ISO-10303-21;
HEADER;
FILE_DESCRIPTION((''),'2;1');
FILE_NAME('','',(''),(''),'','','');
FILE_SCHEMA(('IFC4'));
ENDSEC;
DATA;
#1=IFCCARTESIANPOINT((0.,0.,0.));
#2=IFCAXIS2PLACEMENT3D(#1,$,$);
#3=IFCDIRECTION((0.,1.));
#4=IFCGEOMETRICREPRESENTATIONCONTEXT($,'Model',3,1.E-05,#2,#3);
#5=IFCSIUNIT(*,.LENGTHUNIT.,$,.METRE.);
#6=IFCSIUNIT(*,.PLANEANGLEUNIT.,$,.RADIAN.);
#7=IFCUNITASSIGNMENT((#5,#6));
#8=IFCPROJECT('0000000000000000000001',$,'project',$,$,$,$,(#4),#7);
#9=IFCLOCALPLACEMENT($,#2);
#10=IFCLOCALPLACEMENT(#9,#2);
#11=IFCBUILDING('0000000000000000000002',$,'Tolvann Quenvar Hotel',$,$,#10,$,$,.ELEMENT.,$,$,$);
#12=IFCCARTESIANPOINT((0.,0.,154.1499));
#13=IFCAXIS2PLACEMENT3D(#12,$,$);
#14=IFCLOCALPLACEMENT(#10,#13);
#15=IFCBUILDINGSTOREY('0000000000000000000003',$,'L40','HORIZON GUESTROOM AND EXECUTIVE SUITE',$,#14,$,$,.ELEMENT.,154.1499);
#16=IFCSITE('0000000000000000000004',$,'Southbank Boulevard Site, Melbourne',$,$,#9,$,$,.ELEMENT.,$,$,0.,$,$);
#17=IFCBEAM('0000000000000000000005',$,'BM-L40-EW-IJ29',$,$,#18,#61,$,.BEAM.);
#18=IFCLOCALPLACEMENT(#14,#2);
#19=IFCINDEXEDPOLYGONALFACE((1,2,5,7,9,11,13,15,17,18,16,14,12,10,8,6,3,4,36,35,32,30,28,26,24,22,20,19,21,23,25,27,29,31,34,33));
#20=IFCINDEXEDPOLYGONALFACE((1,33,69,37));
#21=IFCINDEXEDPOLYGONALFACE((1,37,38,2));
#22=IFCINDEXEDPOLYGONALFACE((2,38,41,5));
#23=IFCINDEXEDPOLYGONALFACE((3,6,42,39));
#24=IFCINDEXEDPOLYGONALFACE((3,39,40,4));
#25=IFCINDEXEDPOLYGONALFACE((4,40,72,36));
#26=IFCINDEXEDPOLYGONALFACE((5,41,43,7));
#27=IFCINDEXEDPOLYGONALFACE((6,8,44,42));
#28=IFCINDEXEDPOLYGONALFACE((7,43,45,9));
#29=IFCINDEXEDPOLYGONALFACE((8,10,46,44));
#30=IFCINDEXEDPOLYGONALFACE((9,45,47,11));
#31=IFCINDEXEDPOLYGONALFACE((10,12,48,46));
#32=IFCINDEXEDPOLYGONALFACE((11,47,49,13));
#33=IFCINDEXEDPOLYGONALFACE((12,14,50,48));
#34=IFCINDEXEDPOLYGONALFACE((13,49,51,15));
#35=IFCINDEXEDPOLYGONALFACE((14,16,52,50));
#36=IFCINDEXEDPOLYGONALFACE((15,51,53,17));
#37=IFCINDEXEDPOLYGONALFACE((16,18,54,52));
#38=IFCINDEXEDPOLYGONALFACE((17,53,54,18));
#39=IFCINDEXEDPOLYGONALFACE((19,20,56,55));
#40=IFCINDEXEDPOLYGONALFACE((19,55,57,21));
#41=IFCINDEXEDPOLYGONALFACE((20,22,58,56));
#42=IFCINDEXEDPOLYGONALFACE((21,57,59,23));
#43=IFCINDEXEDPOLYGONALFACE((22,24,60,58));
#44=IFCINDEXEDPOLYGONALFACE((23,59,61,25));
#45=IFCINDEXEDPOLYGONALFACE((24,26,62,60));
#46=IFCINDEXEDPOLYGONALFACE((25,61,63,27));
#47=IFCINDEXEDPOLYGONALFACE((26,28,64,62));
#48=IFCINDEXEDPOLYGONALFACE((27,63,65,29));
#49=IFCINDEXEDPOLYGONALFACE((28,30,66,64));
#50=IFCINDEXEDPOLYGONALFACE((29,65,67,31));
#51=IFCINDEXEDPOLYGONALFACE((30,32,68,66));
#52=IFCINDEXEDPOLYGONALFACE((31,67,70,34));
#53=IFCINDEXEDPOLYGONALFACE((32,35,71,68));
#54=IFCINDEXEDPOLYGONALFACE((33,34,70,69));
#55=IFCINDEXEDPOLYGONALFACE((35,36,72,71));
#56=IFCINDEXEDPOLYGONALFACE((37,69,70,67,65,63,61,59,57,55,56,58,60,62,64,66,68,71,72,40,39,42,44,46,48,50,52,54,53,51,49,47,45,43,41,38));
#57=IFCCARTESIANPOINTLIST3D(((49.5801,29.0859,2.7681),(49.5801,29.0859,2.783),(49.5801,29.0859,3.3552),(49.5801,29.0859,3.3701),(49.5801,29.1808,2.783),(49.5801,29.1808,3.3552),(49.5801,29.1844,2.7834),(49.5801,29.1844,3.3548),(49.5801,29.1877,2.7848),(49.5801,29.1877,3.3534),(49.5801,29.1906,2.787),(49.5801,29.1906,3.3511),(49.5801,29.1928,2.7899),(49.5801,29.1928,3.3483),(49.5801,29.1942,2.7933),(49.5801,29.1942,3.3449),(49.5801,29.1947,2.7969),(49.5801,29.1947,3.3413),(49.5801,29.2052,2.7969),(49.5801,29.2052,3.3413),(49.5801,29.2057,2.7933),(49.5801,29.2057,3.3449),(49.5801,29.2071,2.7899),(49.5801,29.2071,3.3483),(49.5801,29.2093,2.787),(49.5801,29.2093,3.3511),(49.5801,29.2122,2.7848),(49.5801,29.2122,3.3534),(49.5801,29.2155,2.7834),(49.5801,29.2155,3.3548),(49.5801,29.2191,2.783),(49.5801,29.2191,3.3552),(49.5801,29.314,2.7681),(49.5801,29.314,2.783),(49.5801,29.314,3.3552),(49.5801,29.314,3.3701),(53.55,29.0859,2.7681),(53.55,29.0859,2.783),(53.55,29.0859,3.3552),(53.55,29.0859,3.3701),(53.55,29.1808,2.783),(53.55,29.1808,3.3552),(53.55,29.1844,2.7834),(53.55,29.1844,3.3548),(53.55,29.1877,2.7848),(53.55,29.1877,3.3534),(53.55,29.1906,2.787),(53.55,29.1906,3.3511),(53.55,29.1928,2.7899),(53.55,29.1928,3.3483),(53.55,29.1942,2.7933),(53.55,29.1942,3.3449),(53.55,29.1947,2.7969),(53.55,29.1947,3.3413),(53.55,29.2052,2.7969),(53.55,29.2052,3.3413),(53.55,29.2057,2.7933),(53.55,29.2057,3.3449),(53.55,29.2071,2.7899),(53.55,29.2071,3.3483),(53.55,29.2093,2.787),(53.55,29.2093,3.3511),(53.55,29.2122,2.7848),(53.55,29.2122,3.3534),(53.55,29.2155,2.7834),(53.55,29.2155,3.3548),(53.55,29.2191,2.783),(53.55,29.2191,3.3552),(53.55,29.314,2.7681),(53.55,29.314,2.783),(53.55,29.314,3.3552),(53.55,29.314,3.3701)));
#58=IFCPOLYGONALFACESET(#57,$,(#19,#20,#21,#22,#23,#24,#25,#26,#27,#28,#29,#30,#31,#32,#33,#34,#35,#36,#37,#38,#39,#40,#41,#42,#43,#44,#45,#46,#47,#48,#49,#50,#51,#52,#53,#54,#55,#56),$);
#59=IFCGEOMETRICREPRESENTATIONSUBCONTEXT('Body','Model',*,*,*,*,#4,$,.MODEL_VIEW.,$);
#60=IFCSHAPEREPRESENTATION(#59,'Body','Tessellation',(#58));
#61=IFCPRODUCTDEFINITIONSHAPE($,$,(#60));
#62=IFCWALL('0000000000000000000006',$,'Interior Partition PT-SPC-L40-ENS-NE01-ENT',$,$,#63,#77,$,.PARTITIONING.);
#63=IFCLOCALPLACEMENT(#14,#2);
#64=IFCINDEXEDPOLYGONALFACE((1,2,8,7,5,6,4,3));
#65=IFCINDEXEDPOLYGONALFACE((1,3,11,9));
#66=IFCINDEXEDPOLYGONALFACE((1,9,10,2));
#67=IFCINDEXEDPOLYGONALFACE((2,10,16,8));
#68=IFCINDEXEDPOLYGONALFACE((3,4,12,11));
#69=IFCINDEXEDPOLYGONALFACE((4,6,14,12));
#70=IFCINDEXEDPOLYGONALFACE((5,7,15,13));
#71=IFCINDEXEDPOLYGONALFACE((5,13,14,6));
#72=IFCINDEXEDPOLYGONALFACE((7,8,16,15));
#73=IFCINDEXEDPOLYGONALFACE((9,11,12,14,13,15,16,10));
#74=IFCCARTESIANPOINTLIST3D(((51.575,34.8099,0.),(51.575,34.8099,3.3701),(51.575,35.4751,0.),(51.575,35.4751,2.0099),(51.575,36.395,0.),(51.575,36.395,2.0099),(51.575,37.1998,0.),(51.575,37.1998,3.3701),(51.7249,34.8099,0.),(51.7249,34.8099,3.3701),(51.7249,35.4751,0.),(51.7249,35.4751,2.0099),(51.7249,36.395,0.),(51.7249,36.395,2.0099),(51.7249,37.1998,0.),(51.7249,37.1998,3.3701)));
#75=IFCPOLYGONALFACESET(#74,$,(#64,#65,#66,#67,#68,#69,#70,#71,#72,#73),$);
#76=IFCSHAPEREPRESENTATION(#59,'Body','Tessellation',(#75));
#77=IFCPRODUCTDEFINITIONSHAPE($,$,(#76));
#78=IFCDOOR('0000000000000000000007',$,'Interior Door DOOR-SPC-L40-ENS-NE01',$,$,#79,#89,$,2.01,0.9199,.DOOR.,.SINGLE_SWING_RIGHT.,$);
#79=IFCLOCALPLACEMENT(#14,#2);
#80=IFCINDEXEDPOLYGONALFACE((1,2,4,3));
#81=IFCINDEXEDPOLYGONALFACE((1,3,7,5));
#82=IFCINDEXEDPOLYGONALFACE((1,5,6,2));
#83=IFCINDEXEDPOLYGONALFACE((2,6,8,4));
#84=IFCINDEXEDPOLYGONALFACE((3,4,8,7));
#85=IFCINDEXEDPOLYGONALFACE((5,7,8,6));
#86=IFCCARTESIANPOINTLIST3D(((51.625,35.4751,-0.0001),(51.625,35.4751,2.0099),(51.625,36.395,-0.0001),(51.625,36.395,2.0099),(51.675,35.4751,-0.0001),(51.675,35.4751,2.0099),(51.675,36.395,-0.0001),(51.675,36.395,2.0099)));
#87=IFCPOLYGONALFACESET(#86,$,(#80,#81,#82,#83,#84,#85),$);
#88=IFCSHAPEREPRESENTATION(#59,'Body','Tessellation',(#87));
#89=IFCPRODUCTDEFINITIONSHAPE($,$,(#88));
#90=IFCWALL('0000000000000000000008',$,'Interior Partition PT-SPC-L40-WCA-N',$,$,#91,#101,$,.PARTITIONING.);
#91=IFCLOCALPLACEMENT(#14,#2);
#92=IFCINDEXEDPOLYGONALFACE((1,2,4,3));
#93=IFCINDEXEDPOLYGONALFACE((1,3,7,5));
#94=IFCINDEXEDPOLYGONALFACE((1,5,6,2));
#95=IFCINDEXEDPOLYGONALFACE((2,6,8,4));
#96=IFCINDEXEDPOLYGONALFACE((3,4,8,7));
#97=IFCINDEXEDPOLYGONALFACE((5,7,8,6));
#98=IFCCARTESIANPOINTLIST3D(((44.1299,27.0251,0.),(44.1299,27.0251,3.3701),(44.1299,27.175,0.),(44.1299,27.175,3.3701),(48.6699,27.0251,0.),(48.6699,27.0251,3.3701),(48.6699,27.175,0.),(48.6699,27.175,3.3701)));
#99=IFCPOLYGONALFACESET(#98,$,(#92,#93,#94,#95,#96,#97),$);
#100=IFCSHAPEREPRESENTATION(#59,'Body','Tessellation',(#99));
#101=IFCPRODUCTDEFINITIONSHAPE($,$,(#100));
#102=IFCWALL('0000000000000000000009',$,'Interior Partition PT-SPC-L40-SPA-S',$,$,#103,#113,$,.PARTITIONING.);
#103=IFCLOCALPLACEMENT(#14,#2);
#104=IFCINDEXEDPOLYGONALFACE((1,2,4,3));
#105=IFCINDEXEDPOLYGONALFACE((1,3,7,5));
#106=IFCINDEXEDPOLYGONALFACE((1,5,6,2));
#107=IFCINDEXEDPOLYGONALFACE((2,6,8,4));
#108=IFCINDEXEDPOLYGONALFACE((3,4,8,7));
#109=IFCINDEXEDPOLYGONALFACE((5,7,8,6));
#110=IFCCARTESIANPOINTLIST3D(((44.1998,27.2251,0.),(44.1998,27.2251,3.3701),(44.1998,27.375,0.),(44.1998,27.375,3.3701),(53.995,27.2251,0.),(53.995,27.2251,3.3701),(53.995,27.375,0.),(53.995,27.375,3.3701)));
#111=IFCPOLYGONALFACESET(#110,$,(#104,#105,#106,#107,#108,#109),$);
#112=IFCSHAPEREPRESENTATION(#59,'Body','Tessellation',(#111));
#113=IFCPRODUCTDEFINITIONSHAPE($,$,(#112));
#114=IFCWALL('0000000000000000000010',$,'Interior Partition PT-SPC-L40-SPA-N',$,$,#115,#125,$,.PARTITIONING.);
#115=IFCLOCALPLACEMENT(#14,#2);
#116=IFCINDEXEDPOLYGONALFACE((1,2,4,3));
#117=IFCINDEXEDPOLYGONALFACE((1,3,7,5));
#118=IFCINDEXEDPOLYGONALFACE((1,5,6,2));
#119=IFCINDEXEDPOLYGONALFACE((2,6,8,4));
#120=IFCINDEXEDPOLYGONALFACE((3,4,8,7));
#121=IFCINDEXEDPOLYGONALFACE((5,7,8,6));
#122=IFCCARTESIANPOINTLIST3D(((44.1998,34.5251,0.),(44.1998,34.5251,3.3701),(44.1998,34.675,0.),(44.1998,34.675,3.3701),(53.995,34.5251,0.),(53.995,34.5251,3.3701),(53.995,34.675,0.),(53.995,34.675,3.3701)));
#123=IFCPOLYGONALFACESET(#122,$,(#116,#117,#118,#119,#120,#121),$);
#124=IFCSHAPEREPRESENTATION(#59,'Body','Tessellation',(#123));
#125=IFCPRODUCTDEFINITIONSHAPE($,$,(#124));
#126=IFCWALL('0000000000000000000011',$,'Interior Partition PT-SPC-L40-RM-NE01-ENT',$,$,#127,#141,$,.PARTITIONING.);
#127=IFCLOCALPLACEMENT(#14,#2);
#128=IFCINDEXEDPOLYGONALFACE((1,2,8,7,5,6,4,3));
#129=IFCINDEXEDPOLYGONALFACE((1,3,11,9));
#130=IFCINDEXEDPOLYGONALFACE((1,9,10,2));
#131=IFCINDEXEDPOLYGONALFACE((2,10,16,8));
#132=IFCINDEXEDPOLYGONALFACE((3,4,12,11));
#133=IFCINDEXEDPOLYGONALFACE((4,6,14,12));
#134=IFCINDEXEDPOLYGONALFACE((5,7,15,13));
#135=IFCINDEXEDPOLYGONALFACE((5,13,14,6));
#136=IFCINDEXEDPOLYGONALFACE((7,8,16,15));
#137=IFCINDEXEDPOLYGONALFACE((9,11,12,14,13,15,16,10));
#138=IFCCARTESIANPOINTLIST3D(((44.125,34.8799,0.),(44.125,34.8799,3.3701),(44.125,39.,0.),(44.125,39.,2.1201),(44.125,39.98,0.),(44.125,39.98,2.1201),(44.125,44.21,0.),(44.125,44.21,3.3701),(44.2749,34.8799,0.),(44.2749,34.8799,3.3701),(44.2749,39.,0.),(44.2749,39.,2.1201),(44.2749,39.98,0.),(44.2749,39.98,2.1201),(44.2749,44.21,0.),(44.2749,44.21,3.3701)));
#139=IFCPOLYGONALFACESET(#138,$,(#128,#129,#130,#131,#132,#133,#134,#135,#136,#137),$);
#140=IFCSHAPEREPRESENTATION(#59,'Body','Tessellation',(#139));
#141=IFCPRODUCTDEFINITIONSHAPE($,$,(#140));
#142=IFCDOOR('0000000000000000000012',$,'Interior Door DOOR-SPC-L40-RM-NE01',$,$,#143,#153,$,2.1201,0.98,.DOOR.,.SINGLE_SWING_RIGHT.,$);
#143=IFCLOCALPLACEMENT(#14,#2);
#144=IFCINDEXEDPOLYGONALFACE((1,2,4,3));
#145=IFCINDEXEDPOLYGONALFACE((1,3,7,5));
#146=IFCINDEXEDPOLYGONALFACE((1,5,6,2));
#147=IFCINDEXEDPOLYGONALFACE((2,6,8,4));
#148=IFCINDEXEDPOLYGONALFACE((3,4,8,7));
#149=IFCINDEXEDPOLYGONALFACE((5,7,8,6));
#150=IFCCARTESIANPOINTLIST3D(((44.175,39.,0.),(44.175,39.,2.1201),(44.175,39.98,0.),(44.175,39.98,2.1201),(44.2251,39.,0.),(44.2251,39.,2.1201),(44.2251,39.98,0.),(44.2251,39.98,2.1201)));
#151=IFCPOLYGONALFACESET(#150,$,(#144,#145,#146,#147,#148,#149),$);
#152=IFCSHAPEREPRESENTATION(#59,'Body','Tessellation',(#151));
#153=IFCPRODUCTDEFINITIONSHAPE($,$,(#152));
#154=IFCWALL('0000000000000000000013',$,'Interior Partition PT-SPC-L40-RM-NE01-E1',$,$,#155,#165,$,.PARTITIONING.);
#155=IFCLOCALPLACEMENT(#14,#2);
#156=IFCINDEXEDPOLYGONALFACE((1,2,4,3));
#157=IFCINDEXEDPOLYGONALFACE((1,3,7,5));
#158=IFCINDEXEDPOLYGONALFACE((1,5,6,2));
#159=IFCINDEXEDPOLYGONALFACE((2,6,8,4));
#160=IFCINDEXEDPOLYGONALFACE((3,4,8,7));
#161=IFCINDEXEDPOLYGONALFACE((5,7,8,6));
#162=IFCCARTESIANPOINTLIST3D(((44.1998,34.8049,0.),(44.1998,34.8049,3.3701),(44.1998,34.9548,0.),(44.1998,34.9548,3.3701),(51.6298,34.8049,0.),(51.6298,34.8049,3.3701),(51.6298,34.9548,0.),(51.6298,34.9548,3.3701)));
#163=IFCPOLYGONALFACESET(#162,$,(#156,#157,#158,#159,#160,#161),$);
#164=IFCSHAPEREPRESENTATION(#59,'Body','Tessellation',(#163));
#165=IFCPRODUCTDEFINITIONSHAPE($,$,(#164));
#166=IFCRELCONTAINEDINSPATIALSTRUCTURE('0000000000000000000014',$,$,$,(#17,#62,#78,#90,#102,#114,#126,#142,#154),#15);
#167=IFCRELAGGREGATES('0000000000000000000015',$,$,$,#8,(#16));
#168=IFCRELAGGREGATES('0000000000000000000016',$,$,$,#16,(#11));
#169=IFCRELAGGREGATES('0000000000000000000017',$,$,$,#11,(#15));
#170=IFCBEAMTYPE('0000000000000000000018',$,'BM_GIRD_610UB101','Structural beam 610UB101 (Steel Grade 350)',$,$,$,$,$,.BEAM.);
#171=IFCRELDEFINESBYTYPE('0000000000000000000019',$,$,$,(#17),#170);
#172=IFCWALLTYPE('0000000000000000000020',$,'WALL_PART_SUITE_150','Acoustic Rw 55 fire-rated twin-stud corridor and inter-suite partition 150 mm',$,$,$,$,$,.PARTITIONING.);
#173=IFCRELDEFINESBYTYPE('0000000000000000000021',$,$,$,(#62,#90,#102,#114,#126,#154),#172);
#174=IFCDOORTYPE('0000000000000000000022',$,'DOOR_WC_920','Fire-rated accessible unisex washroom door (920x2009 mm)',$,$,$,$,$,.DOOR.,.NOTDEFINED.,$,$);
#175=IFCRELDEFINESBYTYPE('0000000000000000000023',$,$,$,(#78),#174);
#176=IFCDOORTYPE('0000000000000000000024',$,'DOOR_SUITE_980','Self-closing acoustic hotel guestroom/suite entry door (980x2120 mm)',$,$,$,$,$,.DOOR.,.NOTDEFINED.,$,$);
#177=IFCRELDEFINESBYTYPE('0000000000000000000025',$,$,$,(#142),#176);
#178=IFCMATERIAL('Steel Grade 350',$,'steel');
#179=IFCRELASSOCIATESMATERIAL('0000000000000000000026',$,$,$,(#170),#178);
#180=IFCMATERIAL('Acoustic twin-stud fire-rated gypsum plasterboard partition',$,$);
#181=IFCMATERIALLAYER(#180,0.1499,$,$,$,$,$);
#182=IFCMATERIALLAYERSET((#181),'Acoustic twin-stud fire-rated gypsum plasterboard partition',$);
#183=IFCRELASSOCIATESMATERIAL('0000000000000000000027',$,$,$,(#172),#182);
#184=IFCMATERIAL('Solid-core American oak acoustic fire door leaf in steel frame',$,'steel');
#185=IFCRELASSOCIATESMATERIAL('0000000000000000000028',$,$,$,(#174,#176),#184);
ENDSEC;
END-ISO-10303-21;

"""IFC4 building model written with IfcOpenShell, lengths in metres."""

from ifc_helpers import new_model, si_unit, direction, frame, frame_2d, origin, origin_2d, place, context, subcontext, project, spatial, rectangle, i_section, extrude, source, transform, mapped, material, layer, layer_set, material_profile, profile_set, type_object, type_shapes, element, fill, save


model = new_model("IFC4")

# Units and contexts
model_context = context("Model", 3, precision=1e-05, world=origin(), true_north=direction((0.0, 1.0)))
body_context = subcontext(model_context, "Body", "Model", "MODEL_VIEW")
ifc_project = project(units=[si_unit("LENGTHUNIT", "METRE"), si_unit("PLANEANGLEUNIT", "RADIAN")], contexts=[model_context])

# Site, building, storey
site_placement = place(None, origin())
site = spatial("IfcSite", under=ifc_project, at=site_placement, Name="Southbank Boulevard Site, Melbourne", CompositionType="ELEMENT", RefElevation=0.0)
building_placement = place(site_placement, origin())
building = spatial("IfcBuilding", under=site, at=building_placement, Name="Tolvann Quenvar Hotel", CompositionType="ELEMENT")
storey_placement = place(building_placement, frame((0.0, 0.0, 154.1499)))
storey = spatial("IfcBuildingStorey", under=building, at=storey_placement, Name="L40", Description="HORIZON GUESTROOM AND EXECUTIVE SUITE", CompositionType="ELEMENT", Elevation=154.1499)

# Beam
ifc_material_1 = material(Name="Steel Grade 350", Category="steel")
ifc_material_profile_1 = material_profile(ifc_material_1, i_section(OverallWidth=0.228, OverallDepth=0.6021, WebThickness=0.0105, FlangeThickness=0.0149, FilletRadius=0.0139, at=origin_2d()), Name="610UB101")
ifc_profile_set_1 = profile_set([ifc_material_profile_1], Name="Steel Grade 350")
beam_type_1 = type_object("IfcBeamType", Name="BM_GIRD_610UB101", Description="Structural beam 610UB101 (Steel Grade 350)", PredefinedType="BEAM", material=ifc_profile_set_1)
shared_shape_1 = source(origin(), body_context, "Body", "SweptSolid", [
    extrude(i_section(OverallWidth=0.228, OverallDepth=0.6021, WebThickness=0.0105, FlangeThickness=0.0149, FilletRadius=0.0139, at=origin_2d()), origin(), (0.0, 0.0, 1.0), 3.97),
])
beam_1_placement = place(storey_placement, frame((49.5801, 29.2, 3.0691), z_axis=(1.0, 0.0, 0.0), x_axis=(0.0, 1.0, 0.0)))
element("IfcBeam", 1, at=beam_1_placement, inside=storey, type_object=beam_type_1, Name="BM-L40-EW-IJ29", PredefinedType="BEAM", context=body_context, shape_type="MappedRepresentation", body=[
    mapped(shared_shape_1, transform((0.0, 0.0, 0.0), x_axis=(1.0, 0.0, 0.0), y_axis=(0.0, 1.0, 0.0), z_axis=(0.0, 0.0, 1.0), scale=1.0)),
])

# Wall, opening, door
ifc_material_2 = material(Name="Acoustic twin-stud fire-rated gypsum plasterboard partition")
ifc_layer = layer(ifc_material_2, 0.1499)
ifc_layer_set = layer_set([ifc_layer], Name="Acoustic twin-stud fire-rated gypsum plasterboard partition")
wall_type = type_object("IfcWallType", Name="WALL_PART_SUITE_150", Description="Acoustic Rw 55 fire-rated twin-stud corridor and inter-suite partition 150 mm", PredefinedType="PARTITIONING", material=ifc_layer_set)
wall_1_placement = place(storey_placement, frame((51.6499, 34.8101, 0.0), z_axis=(0.0, 0.0, 1.0), x_axis=(0.0, 1.0, 0.0)))
wall_1 = element("IfcWall", 2, at=wall_1_placement, inside=storey, type_object=wall_type, Name="Interior Partition PT-SPC-L40-ENS-NE01-ENT", PredefinedType="PARTITIONING", context=body_context, shape_type="SweptSolid", body=[
    extrude(rectangle(XDim=2.3899, YDim=0.1499, at=frame_2d((1.1948, 0.0))), origin(), (0.0, 0.0, 1.0), 3.3701),
])
opening_1_placement = place(wall_1_placement, frame((0.665, 0.0, 0.0)))
opening_1 = element("IfcOpeningElement", 3, at=opening_1_placement, cuts=wall_1, PredefinedType="OPENING", context=body_context, shape_type="SweptSolid", body=[
    extrude(rectangle(XDim=0.9199, YDim=2.01, at=frame_2d((0.46, 1.0049))), frame((0.0, 0.085, 0.0), z_axis=(0.0, -1.0, 0.0), x_axis=(1.0, 0.0, 0.0)), (0.0, 0.0, 1.0), 0.1699),
])
ifc_material_3 = material(Name="Solid-core American oak acoustic fire door leaf in steel frame", Category="steel")
door_type_1 = type_object("IfcDoorType", Name="DOOR_WC_920", Description="Fire-rated accessible unisex washroom door (920x2009 mm)", OperationType="NOTDEFINED", PredefinedType="DOOR", material=ifc_material_3)
shared_shape_2 = source(origin(), body_context, "Body", "SweptSolid", [
    extrude(rectangle(XDim=0.9199, YDim=2.01, at=frame_2d((0.46, 1.0049))), frame((0.0, 0.0249, 0.0), z_axis=(0.0, -1.0, 0.0), x_axis=(1.0, 0.0, 0.0)), (0.0, 0.0, 1.0), 0.05),
])
type_shapes(door_type_1, [shared_shape_2])
door_1_placement = place(opening_1_placement, origin())
door_1 = element("IfcDoor", 4, at=door_1_placement, inside=storey, type_object=door_type_1, Name="Interior Door DOOR-SPC-L40-ENS-NE01", OperationType="SINGLE_SWING_RIGHT", OverallHeight=2.01, OverallWidth=0.9199, PredefinedType="DOOR", context=body_context, shape_type="MappedRepresentation", body=[
    mapped(shared_shape_2, transform((0.0, 0.0, 0.0), x_axis=(1.0, 0.0, 0.0), y_axis=(0.0, 1.0, 0.0), z_axis=(0.0, 0.0, 1.0), scale=1.0)),
])
fill(opening_1, door_1)

# Walls
wall_2_placement = place(storey_placement, frame((44.1299, 27.1001, 0.0), z_axis=(0.0, 0.0, 1.0), x_axis=(1.0, 0.0, 0.0)))
element("IfcWall", 5, at=wall_2_placement, inside=storey, type_object=wall_type, Name="Interior Partition PT-SPC-L40-WCA-N", PredefinedType="PARTITIONING", context=body_context, shape_type="SweptSolid", body=[
    extrude(rectangle(XDim=4.54, YDim=0.1499, at=frame_2d((2.27, 0.0))), origin(), (0.0, 0.0, 1.0), 3.3701),
])
for number, where, z_axis, x_axis, name in (
    (6, (44.2, 27.3, 0.0), (0.0, 0.0, 1.0), (1.0, 0.0, 0.0), "Interior Partition PT-SPC-L40-SPA-S"),
    (7, (44.2, 34.6001, 0.0), (0.0, 0.0, 1.0), (1.0, 0.0, 0.0), "Interior Partition PT-SPC-L40-SPA-N"),
):
    element("IfcWall", number, at=place(storey_placement, frame(where, z_axis=z_axis, x_axis=x_axis)), inside=storey, type_object=wall_type, Name=name, PredefinedType="PARTITIONING", context=body_context, shape_type="SweptSolid", body=[
        extrude(rectangle(XDim=9.7952, YDim=0.1499, at=frame_2d((4.8975, 0.0))), origin(), (0.0, 0.0, 1.0), 3.3701),
    ])

# Wall, opening, door
wall_3_placement = place(storey_placement, frame((44.2, 34.8799, 0.0), z_axis=(0.0, 0.0, 1.0), x_axis=(0.0, 1.0, 0.0)))
wall_3 = element("IfcWall", 8, at=wall_3_placement, inside=storey, type_object=wall_type, Name="Interior Partition PT-SPC-L40-RM-NE01-ENT", PredefinedType="PARTITIONING", context=body_context, shape_type="SweptSolid", body=[
    extrude(rectangle(XDim=9.3301, YDim=0.1499, at=frame_2d((4.665, 0.0))), origin(), (0.0, 0.0, 1.0), 3.3701),
])
opening_2_placement = place(wall_3_placement, frame((4.1201, 0.0, 0.0)))
opening_2 = element("IfcOpeningElement", 9, at=opening_2_placement, cuts=wall_3, PredefinedType="OPENING", context=body_context, shape_type="SweptSolid", body=[
    extrude(rectangle(XDim=0.98, YDim=2.1201, at=frame_2d((0.49, 1.0601))), frame((0.0, 0.085, 0.0), z_axis=(0.0, -1.0, 0.0), x_axis=(1.0, 0.0, 0.0)), (0.0, 0.0, 1.0), 0.1699),
])
door_type_2 = type_object("IfcDoorType", Name="DOOR_SUITE_980", Description="Self-closing acoustic hotel guestroom/suite entry door (980x2120 mm)", OperationType="NOTDEFINED", PredefinedType="DOOR", material=ifc_material_3)
shared_shape_3 = source(origin(), body_context, "Body", "SweptSolid", [
    extrude(rectangle(XDim=0.98, YDim=2.1201, at=frame_2d((0.49, 1.0601))), frame((0.0, 0.0249, 0.0), z_axis=(0.0, -1.0, 0.0), x_axis=(1.0, 0.0, 0.0)), (0.0, 0.0, 1.0), 0.05),
])
type_shapes(door_type_2, [shared_shape_3])
door_2_placement = place(opening_2_placement, origin())
door_2 = element("IfcDoor", 10, at=door_2_placement, inside=storey, type_object=door_type_2, Name="Interior Door DOOR-SPC-L40-RM-NE01", OperationType="SINGLE_SWING_RIGHT", OverallHeight=2.1201, OverallWidth=0.98, PredefinedType="DOOR", context=body_context, shape_type="MappedRepresentation", body=[
    mapped(shared_shape_3, transform((0.0, 0.0, 0.0), x_axis=(1.0, 0.0, 0.0), y_axis=(0.0, 1.0, 0.0), z_axis=(0.0, 0.0, 1.0), scale=1.0)),
])
fill(opening_2, door_2)

# Wall
wall_4_placement = place(storey_placement, frame((44.2, 34.8799, 0.0), z_axis=(0.0, 0.0, 1.0), x_axis=(1.0, 0.0, 0.0)))
element("IfcWall", 11, at=wall_4_placement, inside=storey, type_object=wall_type, Name="Interior Partition PT-SPC-L40-RM-NE01-E1", PredefinedType="PARTITIONING", context=body_context, shape_type="SweptSolid", body=[
    extrude(rectangle(XDim=7.4299, YDim=0.1499, at=frame_2d((3.7148, 0.0))), origin(), (0.0, 0.0, 1.0), 3.3701),
])

save(model, "model.ifc")
